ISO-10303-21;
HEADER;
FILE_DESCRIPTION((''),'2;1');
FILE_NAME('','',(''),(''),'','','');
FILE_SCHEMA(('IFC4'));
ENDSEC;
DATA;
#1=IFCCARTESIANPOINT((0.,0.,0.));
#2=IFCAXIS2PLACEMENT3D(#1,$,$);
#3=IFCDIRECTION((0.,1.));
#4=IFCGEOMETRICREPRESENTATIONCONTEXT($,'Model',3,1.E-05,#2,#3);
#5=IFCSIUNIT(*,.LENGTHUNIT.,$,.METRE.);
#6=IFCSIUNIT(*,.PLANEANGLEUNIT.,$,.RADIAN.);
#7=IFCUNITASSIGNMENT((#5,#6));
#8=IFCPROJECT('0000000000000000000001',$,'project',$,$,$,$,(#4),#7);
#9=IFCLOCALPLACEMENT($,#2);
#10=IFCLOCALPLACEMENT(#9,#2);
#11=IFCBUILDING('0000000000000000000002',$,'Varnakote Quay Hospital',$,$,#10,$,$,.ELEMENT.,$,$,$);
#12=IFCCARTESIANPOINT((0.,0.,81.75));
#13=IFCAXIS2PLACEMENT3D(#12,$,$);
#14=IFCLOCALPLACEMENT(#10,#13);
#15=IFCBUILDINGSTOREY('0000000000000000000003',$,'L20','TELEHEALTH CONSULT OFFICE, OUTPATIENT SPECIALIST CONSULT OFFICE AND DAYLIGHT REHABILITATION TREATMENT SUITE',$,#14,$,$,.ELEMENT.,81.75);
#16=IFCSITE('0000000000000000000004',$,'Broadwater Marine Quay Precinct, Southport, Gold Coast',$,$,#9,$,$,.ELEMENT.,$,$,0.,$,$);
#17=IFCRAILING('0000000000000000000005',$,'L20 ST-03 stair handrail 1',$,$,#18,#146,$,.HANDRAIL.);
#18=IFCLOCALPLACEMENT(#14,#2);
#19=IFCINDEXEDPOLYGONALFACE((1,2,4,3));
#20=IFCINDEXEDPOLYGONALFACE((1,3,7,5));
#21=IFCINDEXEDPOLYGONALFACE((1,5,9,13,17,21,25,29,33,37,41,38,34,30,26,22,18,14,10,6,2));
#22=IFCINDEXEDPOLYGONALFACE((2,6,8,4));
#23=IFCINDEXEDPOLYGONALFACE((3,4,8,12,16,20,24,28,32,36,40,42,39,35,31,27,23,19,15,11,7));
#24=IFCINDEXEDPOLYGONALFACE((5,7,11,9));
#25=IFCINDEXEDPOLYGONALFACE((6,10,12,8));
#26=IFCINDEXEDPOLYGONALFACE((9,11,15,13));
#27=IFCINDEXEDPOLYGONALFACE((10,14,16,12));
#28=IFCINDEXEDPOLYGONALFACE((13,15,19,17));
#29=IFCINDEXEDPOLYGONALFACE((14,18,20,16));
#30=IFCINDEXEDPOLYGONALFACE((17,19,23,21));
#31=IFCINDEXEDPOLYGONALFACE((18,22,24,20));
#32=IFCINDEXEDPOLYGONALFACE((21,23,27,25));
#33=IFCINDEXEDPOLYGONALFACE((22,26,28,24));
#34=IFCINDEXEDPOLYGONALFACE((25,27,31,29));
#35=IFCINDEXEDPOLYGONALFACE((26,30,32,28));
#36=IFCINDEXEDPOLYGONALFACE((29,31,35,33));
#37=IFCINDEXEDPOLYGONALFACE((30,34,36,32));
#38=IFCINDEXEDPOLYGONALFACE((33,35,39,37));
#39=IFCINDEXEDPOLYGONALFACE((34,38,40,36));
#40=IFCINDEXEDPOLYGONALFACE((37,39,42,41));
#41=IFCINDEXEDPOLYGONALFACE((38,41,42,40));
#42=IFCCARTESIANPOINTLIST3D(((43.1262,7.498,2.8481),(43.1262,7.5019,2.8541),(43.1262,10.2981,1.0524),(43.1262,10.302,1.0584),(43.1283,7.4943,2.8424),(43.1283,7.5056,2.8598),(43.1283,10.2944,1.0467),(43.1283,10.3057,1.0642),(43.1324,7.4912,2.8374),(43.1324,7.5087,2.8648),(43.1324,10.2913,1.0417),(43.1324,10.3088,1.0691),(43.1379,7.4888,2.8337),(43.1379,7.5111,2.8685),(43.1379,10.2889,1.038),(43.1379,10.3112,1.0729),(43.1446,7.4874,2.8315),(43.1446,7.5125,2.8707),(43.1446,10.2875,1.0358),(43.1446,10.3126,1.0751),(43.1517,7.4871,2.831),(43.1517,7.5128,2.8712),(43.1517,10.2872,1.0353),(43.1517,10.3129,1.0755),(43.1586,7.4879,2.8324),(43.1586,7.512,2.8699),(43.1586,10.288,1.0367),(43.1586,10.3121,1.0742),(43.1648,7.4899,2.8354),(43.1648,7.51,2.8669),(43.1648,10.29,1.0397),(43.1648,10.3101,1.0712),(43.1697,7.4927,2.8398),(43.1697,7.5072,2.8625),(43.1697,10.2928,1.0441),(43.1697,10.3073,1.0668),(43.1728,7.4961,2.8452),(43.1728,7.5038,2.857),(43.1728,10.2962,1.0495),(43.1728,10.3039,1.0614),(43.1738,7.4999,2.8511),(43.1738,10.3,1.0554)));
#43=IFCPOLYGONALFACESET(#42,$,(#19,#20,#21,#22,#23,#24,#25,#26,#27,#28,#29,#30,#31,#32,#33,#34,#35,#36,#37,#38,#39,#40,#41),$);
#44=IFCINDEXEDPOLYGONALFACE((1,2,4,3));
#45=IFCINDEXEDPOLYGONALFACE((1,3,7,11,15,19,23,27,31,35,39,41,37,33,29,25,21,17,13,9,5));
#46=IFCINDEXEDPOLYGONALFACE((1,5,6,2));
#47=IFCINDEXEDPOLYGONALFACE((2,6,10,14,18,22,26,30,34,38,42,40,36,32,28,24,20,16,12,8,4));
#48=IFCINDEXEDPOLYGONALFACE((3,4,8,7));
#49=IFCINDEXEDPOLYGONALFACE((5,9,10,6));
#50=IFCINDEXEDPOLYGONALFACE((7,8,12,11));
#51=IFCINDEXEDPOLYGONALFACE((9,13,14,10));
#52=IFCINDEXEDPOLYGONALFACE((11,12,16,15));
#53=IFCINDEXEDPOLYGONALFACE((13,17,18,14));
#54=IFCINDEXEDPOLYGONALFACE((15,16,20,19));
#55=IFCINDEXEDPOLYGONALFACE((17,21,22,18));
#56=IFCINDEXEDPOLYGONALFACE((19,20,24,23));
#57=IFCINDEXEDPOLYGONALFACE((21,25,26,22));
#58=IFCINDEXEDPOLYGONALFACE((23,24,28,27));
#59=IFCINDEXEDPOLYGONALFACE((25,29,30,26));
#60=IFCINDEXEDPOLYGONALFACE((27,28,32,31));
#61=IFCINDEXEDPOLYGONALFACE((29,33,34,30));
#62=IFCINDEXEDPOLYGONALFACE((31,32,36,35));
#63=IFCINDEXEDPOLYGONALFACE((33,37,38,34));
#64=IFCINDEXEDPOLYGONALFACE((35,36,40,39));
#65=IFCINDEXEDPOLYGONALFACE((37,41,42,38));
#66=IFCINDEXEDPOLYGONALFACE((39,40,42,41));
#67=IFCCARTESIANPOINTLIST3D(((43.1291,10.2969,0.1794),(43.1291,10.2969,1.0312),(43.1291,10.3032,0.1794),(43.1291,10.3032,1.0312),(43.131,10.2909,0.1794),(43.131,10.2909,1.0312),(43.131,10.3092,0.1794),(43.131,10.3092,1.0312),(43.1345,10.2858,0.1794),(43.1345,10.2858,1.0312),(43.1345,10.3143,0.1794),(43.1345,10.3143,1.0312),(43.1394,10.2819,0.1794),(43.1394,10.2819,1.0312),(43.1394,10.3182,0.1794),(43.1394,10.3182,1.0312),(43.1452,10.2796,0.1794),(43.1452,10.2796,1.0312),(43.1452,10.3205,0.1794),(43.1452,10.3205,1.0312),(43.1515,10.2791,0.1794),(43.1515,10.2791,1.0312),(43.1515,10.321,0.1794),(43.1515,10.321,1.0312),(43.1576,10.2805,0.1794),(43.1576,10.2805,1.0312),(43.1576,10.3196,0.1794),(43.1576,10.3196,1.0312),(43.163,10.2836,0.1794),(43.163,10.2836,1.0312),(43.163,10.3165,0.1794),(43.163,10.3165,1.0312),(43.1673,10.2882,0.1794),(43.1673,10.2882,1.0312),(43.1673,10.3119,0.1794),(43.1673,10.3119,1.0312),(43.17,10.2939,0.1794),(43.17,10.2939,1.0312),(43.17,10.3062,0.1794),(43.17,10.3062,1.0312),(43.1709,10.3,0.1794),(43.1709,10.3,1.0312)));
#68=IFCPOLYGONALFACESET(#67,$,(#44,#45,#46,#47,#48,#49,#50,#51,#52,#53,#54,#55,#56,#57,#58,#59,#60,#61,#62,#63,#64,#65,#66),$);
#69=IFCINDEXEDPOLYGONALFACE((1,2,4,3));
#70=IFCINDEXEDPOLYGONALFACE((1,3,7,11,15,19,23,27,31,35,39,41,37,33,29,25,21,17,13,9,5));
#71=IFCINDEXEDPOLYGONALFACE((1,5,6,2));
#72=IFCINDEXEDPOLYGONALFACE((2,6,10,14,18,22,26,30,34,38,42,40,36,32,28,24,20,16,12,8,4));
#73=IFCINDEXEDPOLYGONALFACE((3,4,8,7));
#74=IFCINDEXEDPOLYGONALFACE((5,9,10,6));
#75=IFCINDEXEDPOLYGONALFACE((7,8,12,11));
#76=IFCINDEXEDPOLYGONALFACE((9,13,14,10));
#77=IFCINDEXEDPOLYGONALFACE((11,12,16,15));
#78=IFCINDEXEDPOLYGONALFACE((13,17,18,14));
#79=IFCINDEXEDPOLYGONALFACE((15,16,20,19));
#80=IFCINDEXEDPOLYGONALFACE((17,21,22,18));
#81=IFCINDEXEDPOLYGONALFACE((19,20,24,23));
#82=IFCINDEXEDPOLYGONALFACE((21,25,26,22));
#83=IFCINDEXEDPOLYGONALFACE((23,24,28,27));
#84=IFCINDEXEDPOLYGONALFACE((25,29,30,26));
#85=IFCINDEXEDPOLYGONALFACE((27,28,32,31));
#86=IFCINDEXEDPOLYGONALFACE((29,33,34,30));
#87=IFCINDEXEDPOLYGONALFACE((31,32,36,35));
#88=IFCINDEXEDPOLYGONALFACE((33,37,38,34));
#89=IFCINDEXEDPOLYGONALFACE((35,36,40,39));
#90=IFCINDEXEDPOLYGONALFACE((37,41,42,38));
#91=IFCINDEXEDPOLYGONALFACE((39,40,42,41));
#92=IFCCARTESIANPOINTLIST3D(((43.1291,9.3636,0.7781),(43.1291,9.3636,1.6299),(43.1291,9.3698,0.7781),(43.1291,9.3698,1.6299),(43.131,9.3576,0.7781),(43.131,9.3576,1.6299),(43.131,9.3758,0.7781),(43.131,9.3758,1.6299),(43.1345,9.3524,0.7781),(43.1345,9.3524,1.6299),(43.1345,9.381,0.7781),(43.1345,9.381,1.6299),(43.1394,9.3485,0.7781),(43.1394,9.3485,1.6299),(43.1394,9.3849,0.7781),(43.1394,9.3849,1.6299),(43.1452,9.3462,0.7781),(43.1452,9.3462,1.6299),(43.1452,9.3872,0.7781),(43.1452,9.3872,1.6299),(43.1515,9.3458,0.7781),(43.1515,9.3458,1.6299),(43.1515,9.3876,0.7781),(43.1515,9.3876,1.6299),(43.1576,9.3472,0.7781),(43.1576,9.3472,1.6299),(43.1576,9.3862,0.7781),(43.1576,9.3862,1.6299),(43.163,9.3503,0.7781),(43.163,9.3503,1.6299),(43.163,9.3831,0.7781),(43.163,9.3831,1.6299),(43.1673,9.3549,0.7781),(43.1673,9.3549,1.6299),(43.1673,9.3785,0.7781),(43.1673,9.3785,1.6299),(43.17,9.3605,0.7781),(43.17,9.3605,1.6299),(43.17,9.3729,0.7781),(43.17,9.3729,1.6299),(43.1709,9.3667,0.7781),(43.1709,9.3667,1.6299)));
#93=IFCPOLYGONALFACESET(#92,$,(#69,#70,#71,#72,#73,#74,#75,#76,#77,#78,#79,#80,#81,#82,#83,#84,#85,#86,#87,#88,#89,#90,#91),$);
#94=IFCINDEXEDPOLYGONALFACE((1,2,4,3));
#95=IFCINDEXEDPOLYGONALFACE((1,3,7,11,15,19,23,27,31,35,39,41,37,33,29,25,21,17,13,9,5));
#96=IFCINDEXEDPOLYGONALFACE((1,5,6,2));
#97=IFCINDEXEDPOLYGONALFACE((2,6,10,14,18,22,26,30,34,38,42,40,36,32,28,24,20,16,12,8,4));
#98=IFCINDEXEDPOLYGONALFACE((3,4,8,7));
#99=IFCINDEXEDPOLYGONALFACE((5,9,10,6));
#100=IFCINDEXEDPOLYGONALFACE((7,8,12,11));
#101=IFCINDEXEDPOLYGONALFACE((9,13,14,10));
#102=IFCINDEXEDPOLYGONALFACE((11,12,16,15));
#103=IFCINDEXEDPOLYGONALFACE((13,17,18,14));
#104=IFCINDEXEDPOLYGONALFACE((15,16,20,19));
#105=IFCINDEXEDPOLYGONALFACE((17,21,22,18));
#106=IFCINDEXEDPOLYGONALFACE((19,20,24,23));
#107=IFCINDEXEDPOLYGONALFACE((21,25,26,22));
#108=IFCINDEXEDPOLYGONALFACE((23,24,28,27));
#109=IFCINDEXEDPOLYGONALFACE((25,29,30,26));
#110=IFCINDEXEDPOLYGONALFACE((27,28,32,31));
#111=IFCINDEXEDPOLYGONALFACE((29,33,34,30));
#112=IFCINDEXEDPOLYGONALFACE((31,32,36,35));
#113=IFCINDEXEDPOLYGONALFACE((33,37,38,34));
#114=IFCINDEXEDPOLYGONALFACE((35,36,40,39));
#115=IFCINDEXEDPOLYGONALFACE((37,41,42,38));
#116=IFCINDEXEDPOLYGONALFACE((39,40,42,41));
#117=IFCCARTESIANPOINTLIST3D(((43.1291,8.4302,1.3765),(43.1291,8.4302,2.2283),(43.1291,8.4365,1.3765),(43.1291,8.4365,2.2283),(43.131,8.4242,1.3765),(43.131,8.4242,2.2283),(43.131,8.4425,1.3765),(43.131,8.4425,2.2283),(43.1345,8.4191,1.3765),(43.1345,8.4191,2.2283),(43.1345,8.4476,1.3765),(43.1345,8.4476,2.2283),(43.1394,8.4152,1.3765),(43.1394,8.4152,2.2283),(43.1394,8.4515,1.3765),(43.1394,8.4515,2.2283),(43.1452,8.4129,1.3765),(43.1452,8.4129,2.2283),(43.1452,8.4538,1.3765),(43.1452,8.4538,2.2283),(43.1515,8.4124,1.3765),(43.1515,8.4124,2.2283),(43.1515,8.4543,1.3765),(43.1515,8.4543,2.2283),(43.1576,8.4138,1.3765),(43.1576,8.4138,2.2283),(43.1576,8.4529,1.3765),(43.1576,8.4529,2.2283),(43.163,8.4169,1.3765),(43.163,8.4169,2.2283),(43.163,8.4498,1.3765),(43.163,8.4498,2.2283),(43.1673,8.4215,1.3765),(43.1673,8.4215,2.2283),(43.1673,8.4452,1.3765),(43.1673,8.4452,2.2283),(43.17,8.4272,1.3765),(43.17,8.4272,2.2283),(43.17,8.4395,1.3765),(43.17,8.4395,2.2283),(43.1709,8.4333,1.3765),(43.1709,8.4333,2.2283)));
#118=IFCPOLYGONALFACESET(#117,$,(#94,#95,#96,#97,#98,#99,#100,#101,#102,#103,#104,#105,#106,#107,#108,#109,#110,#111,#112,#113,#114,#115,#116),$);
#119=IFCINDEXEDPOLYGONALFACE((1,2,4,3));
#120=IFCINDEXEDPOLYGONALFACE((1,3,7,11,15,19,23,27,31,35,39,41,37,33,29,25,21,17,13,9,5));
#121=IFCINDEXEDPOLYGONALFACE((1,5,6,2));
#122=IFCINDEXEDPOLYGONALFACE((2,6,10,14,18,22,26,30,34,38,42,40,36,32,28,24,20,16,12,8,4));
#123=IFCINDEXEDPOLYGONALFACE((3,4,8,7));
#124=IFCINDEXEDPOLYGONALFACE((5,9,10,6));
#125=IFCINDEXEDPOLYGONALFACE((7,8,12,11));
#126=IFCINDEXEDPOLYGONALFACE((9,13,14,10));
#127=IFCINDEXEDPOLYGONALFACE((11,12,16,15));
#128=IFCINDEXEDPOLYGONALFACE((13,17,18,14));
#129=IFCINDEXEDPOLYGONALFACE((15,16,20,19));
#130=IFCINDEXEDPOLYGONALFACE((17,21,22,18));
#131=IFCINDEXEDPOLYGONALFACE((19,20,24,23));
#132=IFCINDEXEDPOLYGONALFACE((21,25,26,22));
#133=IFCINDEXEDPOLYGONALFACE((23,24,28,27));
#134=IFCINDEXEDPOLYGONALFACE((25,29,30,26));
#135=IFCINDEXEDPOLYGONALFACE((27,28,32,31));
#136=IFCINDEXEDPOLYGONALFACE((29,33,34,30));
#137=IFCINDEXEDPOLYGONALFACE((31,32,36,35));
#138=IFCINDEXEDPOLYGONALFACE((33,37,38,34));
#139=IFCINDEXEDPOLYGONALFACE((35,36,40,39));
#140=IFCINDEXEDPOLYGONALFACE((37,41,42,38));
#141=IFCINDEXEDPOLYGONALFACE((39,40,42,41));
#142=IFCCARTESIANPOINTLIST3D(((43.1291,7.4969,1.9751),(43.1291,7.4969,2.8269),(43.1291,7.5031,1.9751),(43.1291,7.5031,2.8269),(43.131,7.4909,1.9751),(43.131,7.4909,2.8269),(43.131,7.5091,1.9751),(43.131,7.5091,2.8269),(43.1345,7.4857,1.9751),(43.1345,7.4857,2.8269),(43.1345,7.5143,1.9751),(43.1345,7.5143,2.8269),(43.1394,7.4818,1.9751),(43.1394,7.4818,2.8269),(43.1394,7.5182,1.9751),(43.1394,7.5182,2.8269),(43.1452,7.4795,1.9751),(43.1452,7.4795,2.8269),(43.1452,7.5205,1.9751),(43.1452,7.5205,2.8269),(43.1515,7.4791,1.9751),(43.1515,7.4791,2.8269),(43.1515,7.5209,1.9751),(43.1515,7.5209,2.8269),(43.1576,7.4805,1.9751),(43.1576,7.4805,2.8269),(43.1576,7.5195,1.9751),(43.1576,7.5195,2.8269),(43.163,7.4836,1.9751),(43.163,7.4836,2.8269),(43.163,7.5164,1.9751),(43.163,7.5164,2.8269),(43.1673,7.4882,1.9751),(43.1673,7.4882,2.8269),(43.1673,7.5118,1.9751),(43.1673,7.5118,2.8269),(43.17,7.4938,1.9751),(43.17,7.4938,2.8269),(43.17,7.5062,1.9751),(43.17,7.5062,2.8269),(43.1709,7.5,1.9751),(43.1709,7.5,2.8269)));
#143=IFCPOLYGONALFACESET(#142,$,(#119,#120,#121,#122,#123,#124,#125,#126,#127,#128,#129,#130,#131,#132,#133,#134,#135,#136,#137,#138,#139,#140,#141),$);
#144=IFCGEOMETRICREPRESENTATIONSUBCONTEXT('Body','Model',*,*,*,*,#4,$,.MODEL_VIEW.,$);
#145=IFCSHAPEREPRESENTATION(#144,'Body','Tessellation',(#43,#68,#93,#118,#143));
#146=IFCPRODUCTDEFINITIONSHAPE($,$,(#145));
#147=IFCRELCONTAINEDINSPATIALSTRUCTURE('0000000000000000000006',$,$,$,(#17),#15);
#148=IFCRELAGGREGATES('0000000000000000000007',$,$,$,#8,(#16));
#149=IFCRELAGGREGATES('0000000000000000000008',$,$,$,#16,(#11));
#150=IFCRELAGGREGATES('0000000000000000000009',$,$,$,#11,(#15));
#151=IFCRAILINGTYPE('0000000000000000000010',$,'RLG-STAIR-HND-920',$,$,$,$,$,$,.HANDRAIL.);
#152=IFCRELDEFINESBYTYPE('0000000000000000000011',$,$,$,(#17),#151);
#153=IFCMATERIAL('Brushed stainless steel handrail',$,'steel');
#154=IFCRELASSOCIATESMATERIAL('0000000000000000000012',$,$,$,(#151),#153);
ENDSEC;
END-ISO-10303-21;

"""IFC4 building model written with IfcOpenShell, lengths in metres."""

from ifc_helpers import new_model, si_unit, direction, frame, origin, origin_2d, place, context, subcontext, project, spatial, circle, extrude, material, type_object, element, save


model = new_model("IFC4")

# Units and contexts
model_context = context("Model", 3, precision=1e-05, world=origin(), true_north=direction((0.0, 1.0)))
body_context = subcontext(model_context, "Body", "Model", "MODEL_VIEW")
ifc_project = project(units=[si_unit("LENGTHUNIT", "METRE"), si_unit("PLANEANGLEUNIT", "RADIAN")], contexts=[model_context])

# Site, building, storey
site_placement = place(None, origin())
site = spatial("IfcSite", under=ifc_project, at=site_placement, Name="Broadwater Marine Quay Precinct, Southport, Gold Coast", CompositionType="ELEMENT", RefElevation=0.0)
building_placement = place(site_placement, origin())
building = spatial("IfcBuilding", under=site, at=building_placement, Name="Varnakote Quay Hospital", CompositionType="ELEMENT")
storey_placement = place(building_placement, frame((0.0, 0.0, 81.75)))
storey = spatial("IfcBuildingStorey", under=building, at=storey_placement, Name="L20", Description="TELEHEALTH CONSULT OFFICE, OUTPATIENT SPECIALIST CONSULT OFFICE AND DAYLIGHT REHABILITATION TREATMENT SUITE", CompositionType="ELEMENT", Elevation=81.75)

# Railing
ifc_material_1 = material(Name="Brushed stainless steel handrail", Category="steel")
railing_type_1 = type_object("IfcRailingType", Name="RLG-STAIR-HND-920", PredefinedType="HANDRAIL", material=ifc_material_1)
railing_1_placement = place(storey_placement, frame((43.1499, 10.3, 0.1794)))
element("IfcRailing", 1, at=railing_1_placement, inside=storey, type_object=railing_type_1, Name="L20 ST-03 stair handrail 1", PredefinedType="HANDRAIL", context=body_context, shape_type="SweptSolid", body=[
    extrude(circle(Radius=0.0239, at=origin_2d()), frame((0.0, 0.0, 0.876), z_axis=(0.0, -0.841777, 0.539826), x_axis=(1.0, 0.0, 0.0)), (0.0, 0.0, 1.0), 3.3264),
    extrude(circle(Radius=0.021, at=origin_2d()), origin(), (0.0, 0.0, 1.0), 0.8518),
    extrude(circle(Radius=0.021, at=origin_2d()), frame((0.0, -0.9333, 0.5986)), (0.0, 0.0, 1.0), 0.8518),
    extrude(circle(Radius=0.021, at=origin_2d()), frame((0.0, -1.8667, 1.197)), (0.0, 0.0, 1.0), 0.8518),
    extrude(circle(Radius=0.021, at=origin_2d()), frame((0.0, -2.8, 1.7957)), (0.0, 0.0, 1.0), 0.8518),
])

save(model, "model.ifc")
